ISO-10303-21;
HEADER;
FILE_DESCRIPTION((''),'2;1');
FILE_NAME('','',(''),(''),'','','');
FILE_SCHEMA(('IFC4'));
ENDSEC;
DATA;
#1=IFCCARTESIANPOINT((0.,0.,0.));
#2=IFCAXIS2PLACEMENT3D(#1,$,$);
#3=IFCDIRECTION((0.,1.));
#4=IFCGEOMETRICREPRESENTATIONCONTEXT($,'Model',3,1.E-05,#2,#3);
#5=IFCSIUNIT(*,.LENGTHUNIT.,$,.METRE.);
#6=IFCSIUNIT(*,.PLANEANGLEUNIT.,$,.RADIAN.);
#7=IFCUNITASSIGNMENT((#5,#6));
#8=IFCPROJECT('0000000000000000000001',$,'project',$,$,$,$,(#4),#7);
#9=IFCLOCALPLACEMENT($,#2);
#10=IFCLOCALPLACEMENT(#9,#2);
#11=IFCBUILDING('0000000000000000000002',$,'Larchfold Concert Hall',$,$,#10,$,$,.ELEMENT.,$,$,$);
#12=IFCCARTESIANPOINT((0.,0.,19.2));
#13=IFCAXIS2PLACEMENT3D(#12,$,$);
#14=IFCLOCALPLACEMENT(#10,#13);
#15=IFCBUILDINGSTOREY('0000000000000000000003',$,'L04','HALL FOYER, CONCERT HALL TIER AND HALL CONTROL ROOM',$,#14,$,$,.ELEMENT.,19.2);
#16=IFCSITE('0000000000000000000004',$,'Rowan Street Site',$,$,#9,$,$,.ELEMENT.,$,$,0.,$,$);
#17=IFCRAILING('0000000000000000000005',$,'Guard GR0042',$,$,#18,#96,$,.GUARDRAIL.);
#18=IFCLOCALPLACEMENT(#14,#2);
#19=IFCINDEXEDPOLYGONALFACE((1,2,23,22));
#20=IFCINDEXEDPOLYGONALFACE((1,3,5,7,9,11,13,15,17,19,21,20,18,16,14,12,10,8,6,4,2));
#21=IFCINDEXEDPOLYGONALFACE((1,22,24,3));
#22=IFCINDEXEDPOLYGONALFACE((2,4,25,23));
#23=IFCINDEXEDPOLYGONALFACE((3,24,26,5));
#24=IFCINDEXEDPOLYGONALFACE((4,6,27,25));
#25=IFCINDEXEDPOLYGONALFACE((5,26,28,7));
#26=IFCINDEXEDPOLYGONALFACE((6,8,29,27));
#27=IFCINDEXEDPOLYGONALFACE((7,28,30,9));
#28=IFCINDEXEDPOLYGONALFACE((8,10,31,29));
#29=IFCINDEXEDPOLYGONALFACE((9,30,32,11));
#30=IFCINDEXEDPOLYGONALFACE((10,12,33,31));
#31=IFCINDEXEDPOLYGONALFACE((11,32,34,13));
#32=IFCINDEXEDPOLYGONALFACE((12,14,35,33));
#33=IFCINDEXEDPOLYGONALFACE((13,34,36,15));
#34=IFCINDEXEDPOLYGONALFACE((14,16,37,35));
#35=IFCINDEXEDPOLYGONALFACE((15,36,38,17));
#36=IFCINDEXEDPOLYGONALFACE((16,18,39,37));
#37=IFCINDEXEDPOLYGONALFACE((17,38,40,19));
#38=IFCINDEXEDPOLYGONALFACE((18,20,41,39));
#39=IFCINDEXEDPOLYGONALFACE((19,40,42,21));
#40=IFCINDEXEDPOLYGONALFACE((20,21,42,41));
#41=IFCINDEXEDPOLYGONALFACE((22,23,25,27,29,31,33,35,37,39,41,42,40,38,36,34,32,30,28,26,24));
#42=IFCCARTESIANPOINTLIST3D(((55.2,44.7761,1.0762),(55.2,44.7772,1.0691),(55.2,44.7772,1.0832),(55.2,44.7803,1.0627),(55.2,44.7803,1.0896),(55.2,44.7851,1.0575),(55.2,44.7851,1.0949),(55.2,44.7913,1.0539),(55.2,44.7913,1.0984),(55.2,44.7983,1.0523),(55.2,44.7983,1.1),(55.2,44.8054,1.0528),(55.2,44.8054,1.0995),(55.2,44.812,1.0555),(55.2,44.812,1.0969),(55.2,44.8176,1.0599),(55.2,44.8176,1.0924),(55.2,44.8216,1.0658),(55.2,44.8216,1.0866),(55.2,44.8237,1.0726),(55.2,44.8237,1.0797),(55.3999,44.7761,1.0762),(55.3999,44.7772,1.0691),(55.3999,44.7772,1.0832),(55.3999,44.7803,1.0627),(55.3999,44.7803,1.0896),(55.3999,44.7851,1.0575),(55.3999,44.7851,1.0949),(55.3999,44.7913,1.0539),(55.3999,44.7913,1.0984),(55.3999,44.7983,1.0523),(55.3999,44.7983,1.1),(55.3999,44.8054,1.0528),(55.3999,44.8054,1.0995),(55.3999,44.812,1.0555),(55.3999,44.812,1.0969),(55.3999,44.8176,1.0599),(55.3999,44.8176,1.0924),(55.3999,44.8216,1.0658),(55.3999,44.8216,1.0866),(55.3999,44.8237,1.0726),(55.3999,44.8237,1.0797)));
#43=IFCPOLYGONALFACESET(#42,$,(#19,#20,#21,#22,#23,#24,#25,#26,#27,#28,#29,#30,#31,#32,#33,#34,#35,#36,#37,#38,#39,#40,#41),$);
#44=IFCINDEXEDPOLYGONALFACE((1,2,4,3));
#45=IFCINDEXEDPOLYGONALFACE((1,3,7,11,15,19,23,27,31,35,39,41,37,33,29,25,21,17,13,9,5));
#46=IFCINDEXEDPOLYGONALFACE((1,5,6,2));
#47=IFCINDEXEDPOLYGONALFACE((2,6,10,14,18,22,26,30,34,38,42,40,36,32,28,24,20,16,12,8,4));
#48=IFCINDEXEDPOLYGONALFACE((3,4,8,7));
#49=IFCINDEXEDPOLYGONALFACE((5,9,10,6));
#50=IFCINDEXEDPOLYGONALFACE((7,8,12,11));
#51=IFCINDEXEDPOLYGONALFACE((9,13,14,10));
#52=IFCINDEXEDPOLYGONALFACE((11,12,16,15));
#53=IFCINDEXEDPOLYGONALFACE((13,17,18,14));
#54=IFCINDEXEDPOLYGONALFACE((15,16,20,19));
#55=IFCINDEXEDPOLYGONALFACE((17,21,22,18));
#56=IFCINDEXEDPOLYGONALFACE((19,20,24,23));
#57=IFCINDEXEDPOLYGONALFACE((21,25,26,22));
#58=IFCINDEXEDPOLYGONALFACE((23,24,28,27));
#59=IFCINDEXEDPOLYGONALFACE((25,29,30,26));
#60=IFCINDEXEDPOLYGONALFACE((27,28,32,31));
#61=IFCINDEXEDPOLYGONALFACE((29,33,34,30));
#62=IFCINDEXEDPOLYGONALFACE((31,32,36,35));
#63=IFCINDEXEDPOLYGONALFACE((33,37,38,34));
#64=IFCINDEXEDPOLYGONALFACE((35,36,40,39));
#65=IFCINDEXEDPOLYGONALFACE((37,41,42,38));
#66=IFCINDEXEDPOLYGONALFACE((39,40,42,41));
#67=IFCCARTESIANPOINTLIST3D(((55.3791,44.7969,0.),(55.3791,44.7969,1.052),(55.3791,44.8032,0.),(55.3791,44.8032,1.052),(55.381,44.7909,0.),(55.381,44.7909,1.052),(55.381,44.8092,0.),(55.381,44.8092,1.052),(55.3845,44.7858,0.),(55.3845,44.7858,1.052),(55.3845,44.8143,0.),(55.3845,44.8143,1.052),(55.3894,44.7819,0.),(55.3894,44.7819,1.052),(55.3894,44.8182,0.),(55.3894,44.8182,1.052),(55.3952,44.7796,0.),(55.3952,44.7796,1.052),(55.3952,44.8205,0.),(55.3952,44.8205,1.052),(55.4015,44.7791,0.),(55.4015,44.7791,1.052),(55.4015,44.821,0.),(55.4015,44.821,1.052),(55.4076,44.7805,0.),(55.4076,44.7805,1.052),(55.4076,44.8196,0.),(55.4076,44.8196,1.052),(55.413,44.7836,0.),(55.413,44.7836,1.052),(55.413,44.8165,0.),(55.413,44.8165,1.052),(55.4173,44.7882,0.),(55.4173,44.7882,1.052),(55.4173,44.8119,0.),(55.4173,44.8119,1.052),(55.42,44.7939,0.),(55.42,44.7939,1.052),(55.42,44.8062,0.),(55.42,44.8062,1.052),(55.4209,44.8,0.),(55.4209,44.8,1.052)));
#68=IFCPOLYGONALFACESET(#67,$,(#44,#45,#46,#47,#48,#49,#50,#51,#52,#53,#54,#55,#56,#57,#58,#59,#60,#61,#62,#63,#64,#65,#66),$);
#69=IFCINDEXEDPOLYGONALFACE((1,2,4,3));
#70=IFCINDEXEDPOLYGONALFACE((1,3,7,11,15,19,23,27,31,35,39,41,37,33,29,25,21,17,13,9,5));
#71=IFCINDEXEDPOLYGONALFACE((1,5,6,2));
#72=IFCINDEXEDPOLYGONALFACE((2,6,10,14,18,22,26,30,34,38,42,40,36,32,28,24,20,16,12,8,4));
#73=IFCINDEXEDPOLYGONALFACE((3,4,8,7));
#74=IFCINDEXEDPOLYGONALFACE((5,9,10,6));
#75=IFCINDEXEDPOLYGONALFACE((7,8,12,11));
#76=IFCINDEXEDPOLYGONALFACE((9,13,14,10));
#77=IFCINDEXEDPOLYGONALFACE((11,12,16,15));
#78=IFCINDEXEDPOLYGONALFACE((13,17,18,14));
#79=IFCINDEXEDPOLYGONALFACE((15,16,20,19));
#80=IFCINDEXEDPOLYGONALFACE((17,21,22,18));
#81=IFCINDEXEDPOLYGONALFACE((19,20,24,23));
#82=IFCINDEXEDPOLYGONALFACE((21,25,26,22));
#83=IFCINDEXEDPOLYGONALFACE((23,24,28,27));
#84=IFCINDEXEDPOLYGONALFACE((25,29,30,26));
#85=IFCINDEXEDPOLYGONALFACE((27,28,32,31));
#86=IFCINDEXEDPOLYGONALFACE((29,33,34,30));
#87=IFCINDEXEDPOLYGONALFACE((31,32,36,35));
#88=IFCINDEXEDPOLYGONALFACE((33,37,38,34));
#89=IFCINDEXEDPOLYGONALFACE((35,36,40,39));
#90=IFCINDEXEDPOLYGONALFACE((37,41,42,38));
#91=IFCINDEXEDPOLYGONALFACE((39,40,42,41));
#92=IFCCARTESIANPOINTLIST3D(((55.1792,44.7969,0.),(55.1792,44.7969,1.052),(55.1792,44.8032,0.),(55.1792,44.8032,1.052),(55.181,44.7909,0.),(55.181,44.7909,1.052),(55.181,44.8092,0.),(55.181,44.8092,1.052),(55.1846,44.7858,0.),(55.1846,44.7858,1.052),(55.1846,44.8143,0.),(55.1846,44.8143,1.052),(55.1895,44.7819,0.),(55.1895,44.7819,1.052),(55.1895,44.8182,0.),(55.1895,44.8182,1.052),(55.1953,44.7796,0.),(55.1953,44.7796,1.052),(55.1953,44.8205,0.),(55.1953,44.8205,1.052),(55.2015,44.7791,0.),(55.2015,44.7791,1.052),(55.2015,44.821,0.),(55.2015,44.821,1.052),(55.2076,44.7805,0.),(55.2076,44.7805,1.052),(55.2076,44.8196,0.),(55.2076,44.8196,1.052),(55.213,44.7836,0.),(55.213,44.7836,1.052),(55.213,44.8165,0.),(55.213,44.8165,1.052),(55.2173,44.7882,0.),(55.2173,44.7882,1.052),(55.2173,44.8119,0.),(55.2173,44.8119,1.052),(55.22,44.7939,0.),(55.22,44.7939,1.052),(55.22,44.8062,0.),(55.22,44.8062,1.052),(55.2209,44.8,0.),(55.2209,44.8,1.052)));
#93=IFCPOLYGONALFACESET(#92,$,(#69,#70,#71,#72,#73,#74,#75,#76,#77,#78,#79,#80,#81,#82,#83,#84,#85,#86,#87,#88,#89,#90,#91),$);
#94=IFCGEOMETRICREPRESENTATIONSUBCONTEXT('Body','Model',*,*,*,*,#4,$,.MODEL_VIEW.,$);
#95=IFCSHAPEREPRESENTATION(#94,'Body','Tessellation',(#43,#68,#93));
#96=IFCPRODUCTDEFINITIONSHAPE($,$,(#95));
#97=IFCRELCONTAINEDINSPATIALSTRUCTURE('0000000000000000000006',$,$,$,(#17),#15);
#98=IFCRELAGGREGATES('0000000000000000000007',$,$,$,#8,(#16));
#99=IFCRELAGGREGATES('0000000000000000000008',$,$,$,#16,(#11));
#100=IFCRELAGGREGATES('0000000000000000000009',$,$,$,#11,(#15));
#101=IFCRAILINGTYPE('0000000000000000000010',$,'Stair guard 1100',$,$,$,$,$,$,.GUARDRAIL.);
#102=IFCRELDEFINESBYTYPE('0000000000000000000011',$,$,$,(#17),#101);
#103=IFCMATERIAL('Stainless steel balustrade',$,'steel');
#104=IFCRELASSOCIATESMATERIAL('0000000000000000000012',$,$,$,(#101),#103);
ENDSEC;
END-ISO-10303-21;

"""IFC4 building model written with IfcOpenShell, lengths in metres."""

from ifc_helpers import new_model, si_unit, direction, frame, origin, origin_2d, place, context, subcontext, project, spatial, circle, extrude, material, type_object, element, save


model = new_model("IFC4")

# Units and contexts
model_context = context("Model", 3, precision=1e-05, world=origin(), true_north=direction((0.0, 1.0)))
body_context = subcontext(model_context, "Body", "Model", "MODEL_VIEW")
ifc_project = project(units=[si_unit("LENGTHUNIT", "METRE"), si_unit("PLANEANGLEUNIT", "RADIAN")], contexts=[model_context])

# Site, building, storey
site_placement = place(None, origin())
site = spatial("IfcSite", under=ifc_project, at=site_placement, Name="Rowan Street Site", CompositionType="ELEMENT", RefElevation=0.0)
building_placement = place(site_placement, origin())
building = spatial("IfcBuilding", under=site, at=building_placement, Name="Larchfold Concert Hall", CompositionType="ELEMENT")
storey_placement = place(building_placement, frame((0.0, 0.0, 19.2)))
storey = spatial("IfcBuildingStorey", under=building, at=storey_placement, Name="L04", Description="HALL FOYER, CONCERT HALL TIER AND HALL CONTROL ROOM", CompositionType="ELEMENT", Elevation=19.2)

# Railing
ifc_material_1 = material(Name="Stainless steel balustrade", Category="steel")
railing_type_1 = type_object("IfcRailingType", Name="Stair guard 1100", PredefinedType="GUARDRAIL", material=ifc_material_1)
railing_1_placement = place(storey_placement, frame((55.3999, 44.8, 0.0)))
element("IfcRailing", 1, at=railing_1_placement, inside=storey, type_object=railing_type_1, Name="Guard GR0042", PredefinedType="GUARDRAIL", context=body_context, shape_type="SweptSolid", body=[
    extrude(circle(Radius=0.0239, at=origin_2d()), frame((0.0, 0.0, 1.0762), z_axis=(-1.0, 0.0, 0.0), x_axis=(0.0, -1.0, 0.0)), (0.0, 0.0, 1.0), 0.2),
    extrude(circle(Radius=0.021, at=origin_2d()), origin(), (0.0, 0.0, 1.0), 1.052),
    extrude(circle(Radius=0.021, at=origin_2d()), frame((-0.2, 0.0, 0.0)), (0.0, 0.0, 1.0), 1.052),
])

save(model, "model.ifc")
